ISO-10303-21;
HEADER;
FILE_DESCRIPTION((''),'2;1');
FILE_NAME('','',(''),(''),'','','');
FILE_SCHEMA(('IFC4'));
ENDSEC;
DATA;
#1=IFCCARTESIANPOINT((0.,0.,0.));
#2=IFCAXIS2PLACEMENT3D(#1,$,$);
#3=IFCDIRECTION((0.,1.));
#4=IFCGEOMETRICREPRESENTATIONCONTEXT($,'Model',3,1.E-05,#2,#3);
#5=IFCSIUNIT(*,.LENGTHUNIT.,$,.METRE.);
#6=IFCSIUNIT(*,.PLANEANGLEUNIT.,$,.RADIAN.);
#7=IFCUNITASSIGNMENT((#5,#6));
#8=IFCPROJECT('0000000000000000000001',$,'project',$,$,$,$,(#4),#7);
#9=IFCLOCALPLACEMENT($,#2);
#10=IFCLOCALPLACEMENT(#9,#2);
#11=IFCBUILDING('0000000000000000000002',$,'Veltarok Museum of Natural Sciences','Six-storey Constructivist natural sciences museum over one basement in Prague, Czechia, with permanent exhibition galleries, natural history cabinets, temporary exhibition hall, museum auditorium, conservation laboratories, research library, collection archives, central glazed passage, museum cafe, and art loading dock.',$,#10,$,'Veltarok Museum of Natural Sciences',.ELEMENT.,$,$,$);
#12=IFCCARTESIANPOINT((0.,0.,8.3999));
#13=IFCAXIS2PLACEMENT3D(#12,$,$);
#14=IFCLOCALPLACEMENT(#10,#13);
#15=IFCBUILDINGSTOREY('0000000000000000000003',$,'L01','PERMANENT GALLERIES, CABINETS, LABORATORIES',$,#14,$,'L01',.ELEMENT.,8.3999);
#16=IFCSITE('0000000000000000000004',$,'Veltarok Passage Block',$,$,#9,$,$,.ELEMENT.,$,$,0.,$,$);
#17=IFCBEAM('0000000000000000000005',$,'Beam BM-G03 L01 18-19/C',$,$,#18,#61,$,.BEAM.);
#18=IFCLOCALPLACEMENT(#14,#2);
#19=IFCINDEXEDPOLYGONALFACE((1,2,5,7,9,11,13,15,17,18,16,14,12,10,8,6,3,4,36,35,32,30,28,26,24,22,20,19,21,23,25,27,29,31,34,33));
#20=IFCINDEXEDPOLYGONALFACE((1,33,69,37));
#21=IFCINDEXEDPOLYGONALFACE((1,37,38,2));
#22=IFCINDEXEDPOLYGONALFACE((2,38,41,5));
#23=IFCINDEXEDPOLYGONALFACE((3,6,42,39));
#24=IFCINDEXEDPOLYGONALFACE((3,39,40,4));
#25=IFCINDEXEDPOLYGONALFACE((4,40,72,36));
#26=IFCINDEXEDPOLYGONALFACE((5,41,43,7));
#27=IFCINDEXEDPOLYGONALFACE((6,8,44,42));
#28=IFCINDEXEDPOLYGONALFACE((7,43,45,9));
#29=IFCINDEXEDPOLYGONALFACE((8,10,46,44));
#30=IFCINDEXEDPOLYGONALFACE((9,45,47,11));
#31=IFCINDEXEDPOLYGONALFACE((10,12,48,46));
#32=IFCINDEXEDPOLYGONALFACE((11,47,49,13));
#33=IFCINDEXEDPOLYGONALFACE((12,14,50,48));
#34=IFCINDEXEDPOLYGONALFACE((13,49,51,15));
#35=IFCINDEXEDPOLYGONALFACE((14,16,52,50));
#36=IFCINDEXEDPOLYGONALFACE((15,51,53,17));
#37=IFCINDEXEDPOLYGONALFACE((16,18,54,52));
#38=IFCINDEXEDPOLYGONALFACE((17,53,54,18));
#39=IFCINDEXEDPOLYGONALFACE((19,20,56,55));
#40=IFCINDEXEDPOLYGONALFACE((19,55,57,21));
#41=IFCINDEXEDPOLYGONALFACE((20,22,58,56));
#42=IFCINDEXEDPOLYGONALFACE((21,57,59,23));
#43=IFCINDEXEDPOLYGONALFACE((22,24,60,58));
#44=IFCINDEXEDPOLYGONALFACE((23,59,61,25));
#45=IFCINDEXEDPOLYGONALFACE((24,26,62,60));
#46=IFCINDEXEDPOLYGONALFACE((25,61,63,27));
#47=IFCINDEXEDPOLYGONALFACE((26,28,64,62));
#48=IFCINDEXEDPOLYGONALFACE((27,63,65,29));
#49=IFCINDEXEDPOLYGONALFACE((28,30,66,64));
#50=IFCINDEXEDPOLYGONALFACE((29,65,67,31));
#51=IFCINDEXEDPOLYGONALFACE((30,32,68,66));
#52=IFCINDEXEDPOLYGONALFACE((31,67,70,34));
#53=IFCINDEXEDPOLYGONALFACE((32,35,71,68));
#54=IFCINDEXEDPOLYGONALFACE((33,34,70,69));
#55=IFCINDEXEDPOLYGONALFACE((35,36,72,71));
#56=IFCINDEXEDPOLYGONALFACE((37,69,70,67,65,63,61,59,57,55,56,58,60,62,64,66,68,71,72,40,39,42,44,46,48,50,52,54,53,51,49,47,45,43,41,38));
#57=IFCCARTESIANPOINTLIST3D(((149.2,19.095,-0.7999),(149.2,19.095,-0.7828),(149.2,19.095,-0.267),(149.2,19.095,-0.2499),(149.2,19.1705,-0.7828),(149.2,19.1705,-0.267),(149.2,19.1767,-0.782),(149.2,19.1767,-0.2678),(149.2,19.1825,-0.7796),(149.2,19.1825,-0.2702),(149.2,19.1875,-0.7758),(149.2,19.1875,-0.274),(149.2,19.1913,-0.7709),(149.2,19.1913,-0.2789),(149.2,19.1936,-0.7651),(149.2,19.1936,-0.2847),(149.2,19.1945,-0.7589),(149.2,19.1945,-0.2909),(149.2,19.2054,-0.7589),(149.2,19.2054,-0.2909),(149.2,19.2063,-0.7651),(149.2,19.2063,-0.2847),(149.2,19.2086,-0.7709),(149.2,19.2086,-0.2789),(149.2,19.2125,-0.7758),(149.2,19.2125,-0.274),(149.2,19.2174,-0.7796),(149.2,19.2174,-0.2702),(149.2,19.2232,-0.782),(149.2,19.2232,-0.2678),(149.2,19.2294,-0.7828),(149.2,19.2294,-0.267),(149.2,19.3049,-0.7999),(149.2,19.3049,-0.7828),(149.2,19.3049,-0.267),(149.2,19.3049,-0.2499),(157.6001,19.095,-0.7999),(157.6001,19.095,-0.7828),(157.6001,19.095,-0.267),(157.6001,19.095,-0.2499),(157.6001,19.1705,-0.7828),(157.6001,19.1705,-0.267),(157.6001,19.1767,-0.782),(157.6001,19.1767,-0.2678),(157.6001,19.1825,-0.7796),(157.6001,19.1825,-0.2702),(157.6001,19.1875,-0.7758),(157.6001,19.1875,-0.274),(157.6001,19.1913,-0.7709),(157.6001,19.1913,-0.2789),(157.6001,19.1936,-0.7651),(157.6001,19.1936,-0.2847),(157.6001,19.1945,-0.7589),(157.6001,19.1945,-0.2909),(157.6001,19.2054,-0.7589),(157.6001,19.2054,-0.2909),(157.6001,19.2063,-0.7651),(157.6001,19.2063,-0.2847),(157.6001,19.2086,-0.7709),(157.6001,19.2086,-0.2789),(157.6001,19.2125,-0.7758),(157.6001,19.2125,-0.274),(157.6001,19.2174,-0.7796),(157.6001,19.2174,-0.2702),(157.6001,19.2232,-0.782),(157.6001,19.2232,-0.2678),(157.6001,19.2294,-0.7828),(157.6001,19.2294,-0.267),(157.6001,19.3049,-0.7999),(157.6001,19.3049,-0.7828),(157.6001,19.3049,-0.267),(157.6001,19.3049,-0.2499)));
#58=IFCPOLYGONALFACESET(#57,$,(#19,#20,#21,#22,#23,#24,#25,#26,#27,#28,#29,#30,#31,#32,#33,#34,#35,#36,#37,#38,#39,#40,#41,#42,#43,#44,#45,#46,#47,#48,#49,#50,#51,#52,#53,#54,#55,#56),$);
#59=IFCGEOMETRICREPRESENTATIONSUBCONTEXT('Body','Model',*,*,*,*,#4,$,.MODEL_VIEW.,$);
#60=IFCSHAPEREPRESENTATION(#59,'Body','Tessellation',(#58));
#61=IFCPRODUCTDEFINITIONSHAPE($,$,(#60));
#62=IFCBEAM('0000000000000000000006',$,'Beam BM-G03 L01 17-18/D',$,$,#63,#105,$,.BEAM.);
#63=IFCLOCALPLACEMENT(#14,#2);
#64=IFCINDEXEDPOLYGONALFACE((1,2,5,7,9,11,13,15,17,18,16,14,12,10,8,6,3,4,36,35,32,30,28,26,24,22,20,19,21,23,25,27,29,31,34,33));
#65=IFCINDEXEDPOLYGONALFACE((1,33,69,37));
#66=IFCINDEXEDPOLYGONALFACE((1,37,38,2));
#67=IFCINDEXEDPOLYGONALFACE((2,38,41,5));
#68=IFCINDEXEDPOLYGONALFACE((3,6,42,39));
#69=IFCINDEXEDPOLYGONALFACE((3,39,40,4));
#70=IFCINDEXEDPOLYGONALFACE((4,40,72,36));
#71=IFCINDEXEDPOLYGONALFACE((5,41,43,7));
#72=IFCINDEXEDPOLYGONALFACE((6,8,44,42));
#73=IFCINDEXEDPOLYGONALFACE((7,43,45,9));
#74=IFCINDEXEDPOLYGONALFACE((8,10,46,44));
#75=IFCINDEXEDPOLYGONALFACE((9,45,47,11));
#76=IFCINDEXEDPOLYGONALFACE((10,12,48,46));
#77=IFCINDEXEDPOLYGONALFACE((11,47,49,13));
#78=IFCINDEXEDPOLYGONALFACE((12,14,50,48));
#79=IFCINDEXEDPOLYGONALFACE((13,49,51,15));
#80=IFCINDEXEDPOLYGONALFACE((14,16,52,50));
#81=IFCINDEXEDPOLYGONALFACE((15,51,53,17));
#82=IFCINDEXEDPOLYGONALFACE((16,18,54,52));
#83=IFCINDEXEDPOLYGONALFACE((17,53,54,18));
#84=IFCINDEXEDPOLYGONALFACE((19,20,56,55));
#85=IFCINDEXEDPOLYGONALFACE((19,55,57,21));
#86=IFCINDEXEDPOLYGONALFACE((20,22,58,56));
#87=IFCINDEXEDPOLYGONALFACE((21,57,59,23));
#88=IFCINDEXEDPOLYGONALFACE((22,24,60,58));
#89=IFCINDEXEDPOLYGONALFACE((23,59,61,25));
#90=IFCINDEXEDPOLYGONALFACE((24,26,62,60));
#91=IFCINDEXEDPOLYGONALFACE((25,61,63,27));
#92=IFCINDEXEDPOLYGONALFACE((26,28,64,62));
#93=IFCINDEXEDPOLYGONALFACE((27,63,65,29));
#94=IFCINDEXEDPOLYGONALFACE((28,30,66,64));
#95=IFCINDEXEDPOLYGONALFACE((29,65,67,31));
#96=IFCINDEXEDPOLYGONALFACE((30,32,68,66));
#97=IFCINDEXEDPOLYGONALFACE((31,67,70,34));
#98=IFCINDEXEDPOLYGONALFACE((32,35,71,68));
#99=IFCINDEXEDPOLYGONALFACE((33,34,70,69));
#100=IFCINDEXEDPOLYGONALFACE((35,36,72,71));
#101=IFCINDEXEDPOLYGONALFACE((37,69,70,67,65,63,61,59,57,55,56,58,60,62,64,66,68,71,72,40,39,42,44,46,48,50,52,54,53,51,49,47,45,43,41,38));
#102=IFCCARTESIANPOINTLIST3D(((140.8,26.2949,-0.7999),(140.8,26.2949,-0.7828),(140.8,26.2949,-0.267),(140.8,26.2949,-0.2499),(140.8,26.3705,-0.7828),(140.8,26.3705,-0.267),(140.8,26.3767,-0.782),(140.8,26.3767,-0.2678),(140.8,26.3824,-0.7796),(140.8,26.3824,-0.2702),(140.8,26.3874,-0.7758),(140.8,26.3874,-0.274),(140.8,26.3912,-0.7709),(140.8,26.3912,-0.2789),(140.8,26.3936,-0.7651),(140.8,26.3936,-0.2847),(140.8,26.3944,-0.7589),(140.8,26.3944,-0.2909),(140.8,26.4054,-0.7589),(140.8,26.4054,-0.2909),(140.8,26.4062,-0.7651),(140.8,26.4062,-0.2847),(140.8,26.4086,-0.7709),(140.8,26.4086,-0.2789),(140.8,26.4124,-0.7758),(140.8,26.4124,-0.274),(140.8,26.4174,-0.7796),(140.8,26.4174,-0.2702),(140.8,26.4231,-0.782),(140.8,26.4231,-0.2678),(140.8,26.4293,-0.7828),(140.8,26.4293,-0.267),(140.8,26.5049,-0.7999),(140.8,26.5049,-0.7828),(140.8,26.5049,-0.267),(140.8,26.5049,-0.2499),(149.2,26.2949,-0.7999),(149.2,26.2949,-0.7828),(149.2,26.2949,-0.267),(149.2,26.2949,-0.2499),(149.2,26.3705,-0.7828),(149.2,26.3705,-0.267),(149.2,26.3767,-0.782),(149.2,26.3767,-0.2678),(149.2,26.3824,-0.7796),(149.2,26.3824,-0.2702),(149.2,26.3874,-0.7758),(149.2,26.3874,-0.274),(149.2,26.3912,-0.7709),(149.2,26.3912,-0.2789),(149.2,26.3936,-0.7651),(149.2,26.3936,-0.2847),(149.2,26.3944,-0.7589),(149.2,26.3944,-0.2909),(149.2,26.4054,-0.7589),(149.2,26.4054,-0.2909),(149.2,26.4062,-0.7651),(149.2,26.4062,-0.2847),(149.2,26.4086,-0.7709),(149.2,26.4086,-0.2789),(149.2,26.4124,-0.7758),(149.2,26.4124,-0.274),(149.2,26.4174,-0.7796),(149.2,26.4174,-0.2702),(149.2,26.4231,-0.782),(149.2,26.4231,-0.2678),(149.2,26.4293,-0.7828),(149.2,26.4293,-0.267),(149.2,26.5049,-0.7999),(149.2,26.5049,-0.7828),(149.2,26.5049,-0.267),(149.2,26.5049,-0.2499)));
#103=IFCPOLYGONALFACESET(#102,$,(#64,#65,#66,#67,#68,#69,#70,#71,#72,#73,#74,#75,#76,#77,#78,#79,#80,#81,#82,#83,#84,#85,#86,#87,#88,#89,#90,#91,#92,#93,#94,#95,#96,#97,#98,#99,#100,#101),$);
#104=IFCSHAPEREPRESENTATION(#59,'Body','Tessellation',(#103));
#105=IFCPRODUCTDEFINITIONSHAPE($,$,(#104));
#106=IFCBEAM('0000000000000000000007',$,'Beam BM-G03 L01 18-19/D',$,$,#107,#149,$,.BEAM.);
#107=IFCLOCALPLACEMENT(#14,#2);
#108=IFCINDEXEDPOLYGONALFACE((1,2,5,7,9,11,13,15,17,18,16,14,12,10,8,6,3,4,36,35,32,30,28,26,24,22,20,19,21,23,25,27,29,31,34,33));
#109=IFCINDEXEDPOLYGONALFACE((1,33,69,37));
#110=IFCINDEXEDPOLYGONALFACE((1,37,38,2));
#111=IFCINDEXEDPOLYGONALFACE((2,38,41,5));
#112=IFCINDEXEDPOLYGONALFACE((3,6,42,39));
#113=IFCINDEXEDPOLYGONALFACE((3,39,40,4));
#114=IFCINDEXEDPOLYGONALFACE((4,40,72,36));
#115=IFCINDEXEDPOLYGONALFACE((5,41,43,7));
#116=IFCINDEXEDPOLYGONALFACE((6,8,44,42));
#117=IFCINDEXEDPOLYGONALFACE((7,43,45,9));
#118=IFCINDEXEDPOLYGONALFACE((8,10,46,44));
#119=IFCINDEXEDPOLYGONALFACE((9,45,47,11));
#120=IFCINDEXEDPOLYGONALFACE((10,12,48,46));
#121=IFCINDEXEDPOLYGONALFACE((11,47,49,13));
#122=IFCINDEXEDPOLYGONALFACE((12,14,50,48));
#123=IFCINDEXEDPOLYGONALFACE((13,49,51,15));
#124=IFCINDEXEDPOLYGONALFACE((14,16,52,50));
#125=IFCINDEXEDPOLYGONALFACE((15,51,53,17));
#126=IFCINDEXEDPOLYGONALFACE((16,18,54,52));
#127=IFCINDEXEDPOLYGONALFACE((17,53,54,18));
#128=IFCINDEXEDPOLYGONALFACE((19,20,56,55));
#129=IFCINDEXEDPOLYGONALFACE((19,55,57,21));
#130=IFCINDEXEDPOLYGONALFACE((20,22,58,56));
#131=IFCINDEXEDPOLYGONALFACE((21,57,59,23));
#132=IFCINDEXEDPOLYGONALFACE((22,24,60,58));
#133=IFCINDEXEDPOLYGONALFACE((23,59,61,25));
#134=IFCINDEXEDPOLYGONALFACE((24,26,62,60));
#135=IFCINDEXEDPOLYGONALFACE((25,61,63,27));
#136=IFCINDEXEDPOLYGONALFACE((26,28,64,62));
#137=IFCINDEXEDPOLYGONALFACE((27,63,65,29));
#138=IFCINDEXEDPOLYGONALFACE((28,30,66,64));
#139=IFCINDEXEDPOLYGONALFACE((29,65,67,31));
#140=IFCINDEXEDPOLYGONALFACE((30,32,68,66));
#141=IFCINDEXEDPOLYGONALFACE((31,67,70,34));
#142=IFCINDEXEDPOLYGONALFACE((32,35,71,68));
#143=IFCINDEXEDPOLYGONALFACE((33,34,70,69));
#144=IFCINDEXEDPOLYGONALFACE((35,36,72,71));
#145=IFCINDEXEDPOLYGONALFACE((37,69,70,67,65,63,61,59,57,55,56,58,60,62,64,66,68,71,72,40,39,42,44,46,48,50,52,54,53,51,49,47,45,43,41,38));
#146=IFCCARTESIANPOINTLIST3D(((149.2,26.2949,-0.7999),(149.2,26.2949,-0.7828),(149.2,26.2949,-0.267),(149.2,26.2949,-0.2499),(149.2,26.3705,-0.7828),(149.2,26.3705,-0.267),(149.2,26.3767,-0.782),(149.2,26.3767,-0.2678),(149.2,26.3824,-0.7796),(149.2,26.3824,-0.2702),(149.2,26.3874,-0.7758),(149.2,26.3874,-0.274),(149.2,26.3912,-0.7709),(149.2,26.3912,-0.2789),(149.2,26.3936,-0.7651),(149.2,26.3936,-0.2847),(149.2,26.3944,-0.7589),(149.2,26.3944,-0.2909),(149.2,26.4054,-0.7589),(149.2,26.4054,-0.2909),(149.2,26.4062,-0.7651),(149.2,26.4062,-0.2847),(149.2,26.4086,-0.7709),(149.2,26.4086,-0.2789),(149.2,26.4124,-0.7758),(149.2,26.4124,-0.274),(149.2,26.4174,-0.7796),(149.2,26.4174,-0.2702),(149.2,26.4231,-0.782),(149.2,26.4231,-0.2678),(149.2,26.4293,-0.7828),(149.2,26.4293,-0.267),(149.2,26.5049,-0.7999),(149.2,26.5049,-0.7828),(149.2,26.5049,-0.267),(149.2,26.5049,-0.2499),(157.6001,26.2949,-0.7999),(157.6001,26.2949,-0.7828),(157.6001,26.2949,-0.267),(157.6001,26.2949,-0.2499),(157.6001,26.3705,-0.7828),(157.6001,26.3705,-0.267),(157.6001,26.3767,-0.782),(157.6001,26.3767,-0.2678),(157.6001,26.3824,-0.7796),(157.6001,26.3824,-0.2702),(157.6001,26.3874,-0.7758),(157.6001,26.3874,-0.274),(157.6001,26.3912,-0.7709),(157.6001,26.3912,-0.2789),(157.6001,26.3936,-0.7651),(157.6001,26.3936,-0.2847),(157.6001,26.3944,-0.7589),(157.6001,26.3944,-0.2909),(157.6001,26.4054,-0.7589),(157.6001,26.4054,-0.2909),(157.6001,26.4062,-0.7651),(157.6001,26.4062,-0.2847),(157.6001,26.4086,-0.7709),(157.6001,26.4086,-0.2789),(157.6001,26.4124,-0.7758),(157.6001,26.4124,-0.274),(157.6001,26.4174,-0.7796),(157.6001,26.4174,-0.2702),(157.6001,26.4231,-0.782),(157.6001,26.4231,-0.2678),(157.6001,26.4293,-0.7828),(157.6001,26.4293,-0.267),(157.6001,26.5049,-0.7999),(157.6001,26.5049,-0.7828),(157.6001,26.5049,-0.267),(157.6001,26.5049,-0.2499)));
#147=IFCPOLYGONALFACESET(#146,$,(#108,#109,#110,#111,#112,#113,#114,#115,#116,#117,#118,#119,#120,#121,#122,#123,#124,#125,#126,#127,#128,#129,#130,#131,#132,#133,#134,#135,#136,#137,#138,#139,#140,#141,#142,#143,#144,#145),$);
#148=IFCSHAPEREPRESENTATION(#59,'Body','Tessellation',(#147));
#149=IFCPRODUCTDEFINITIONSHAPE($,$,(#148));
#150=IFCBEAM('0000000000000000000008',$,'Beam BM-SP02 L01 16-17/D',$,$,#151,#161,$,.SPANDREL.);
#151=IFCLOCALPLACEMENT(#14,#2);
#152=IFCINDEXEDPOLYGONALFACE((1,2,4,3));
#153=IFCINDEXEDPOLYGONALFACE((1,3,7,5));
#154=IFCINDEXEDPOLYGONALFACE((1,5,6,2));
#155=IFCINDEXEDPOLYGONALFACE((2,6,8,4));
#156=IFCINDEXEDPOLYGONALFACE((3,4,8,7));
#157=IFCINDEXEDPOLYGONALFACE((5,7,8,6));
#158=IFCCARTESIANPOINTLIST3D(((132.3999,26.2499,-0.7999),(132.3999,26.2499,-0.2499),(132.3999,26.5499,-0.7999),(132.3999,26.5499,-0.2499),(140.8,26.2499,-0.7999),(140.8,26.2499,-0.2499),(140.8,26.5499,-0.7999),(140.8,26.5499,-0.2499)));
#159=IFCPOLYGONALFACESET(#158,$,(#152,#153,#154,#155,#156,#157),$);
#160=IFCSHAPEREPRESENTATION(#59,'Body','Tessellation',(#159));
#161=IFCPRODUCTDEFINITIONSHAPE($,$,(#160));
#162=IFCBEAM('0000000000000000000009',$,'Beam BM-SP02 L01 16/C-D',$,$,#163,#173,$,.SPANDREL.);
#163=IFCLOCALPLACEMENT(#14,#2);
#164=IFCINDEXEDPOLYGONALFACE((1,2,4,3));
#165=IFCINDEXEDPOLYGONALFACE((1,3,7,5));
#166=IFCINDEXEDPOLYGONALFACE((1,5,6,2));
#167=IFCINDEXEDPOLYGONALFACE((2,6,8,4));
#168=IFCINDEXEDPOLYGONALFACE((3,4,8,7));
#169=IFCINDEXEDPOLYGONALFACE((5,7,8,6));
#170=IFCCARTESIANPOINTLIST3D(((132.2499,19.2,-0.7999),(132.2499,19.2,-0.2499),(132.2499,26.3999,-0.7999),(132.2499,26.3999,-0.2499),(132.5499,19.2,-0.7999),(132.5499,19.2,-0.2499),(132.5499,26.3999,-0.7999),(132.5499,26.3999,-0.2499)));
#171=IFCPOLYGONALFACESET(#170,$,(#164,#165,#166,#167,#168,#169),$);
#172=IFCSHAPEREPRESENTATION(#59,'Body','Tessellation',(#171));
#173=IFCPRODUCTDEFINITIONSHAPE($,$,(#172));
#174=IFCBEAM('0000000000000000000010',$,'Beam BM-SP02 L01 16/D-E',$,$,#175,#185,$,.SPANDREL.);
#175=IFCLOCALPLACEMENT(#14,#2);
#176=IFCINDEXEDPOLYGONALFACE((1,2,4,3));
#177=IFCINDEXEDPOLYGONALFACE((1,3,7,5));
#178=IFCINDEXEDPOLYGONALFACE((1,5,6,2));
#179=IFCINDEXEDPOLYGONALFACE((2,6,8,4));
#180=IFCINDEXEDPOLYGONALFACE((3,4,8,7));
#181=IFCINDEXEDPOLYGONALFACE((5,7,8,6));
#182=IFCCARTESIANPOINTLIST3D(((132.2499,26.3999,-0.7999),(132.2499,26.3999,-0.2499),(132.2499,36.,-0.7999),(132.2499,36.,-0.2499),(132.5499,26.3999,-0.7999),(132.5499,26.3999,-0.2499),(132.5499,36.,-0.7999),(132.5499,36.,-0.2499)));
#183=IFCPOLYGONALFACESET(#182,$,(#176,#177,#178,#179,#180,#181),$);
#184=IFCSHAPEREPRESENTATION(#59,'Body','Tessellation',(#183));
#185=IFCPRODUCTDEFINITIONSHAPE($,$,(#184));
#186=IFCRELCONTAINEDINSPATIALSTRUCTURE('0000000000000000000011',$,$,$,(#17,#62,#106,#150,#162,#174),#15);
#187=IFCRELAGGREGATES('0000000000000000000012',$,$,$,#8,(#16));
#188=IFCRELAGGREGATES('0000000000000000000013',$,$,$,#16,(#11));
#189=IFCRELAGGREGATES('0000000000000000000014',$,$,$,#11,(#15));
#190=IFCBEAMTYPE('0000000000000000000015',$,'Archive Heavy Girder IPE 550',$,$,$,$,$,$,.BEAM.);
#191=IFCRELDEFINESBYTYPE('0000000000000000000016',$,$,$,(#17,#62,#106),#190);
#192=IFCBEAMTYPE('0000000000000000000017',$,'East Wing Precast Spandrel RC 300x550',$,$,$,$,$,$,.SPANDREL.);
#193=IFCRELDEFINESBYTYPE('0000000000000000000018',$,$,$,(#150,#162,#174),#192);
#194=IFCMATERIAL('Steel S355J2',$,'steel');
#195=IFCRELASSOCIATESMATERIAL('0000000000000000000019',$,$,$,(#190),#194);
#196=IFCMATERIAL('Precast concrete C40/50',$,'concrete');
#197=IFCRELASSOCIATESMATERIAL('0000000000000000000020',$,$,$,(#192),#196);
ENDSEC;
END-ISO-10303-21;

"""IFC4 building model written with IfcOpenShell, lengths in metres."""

from ifc_helpers import new_model, si_unit, direction, frame, origin, origin_2d, place, context, subcontext, project, spatial, rectangle, i_section, extrude, material, material_profile, profile_set, type_object, element, save


model = new_model("IFC4")

# Units and contexts
model_context = context("Model", 3, precision=1e-05, world=origin(), true_north=direction((0.0, 1.0)))
body_context = subcontext(model_context, "Body", "Model", "MODEL_VIEW")
ifc_project = project(units=[si_unit("LENGTHUNIT", "METRE"), si_unit("PLANEANGLEUNIT", "RADIAN")], contexts=[model_context])

# Site, building, storey
site_placement = place(None, origin())
site = spatial("IfcSite", under=ifc_project, at=site_placement, Name="Veltarok Passage Block", CompositionType="ELEMENT", RefElevation=0.0)
building_placement = place(site_placement, origin())
building = spatial("IfcBuilding", under=site, at=building_placement, Name="Veltarok Museum of Natural Sciences", Description="Six-storey Constructivist natural sciences museum over one basement in Prague, Czechia, with permanent exhibition galleries, natural history cabinets, temporary exhibition hall, museum auditorium, conservation laboratories, research library, collection archives, central glazed passage, museum cafe, and art loading dock.", LongName="Veltarok Museum of Natural Sciences", CompositionType="ELEMENT")
storey_placement = place(building_placement, frame((0.0, 0.0, 8.3999)))
storey = spatial("IfcBuildingStorey", under=building, at=storey_placement, Name="L01", Description="PERMANENT GALLERIES, CABINETS, LABORATORIES", LongName="L01", CompositionType="ELEMENT", Elevation=8.3999)

# Shared definitions
ifc_material_1 = material(Name="Steel S355J2", Category="steel")

# Beams
ifc_material_profile_1 = material_profile(ifc_material_1, i_section(OverallWidth=0.21, OverallDepth=0.55, WebThickness=0.011, FlangeThickness=0.0171, FilletRadius=0.0239, at=origin_2d()), Name="IPE 550")
ifc_profile_set_1 = profile_set([ifc_material_profile_1], Name="Steel S355J2")
beam_type_1 = type_object("IfcBeamType", Name="Archive Heavy Girder IPE 550", PredefinedType="BEAM", material=ifc_profile_set_1)
beam_1_placement = place(storey_placement, frame((149.2, 19.2, -0.5249), z_axis=(1.0, 0.0, 0.0), x_axis=(0.0, 1.0, 0.0)))
element("IfcBeam", 1, at=beam_1_placement, inside=storey, type_object=beam_type_1, Name="Beam BM-G03 L01 18-19/C", PredefinedType="BEAM", context=body_context, shape_type="SweptSolid", body=[
    extrude(i_section(OverallWidth=0.21, OverallDepth=0.55, WebThickness=0.011, FlangeThickness=0.0171, FilletRadius=0.0239, at=origin_2d()), origin(), (0.0, 0.0, 1.0), 8.4001),
])
beam_2_placement = place(storey_placement, frame((140.8, 26.3999, -0.5249), z_axis=(1.0, 0.0, 0.0), x_axis=(0.0, 1.0, 0.0)))
element("IfcBeam", 2, at=beam_2_placement, inside=storey, type_object=beam_type_1, Name="Beam BM-G03 L01 17-18/D", PredefinedType="BEAM", context=body_context, shape_type="SweptSolid", body=[
    extrude(i_section(OverallWidth=0.21, OverallDepth=0.55, WebThickness=0.011, FlangeThickness=0.0171, FilletRadius=0.0239, at=origin_2d()), origin(), (0.0, 0.0, 1.0), 8.3999),
])
beam_3_placement = place(storey_placement, frame((149.2, 26.3999, -0.5249), z_axis=(1.0, 0.0, 0.0), x_axis=(0.0, 1.0, 0.0)))
element("IfcBeam", 3, at=beam_3_placement, inside=storey, type_object=beam_type_1, Name="Beam BM-G03 L01 18-19/D", PredefinedType="BEAM", context=body_context, shape_type="SweptSolid", body=[
    extrude(i_section(OverallWidth=0.21, OverallDepth=0.55, WebThickness=0.011, FlangeThickness=0.0171, FilletRadius=0.0239, at=origin_2d()), origin(), (0.0, 0.0, 1.0), 8.4001),
])
ifc_material_2 = material(Name="Precast concrete C40/50", Category="concrete")
ifc_material_profile_2 = material_profile(ifc_material_2, rectangle(XDim=0.3, YDim=0.55, at=origin_2d()), Name="RC 300x550")
ifc_profile_set_2 = profile_set([ifc_material_profile_2], Name="Precast concrete C40/50")
beam_type_2 = type_object("IfcBeamType", Name="East Wing Precast Spandrel RC 300x550", PredefinedType="SPANDREL", material=ifc_profile_set_2)
beam_4_placement = place(storey_placement, frame((132.3999, 26.3999, -0.5249), z_axis=(1.0, 0.0, 0.0), x_axis=(0.0, 1.0, 0.0)))
element("IfcBeam", 4, at=beam_4_placement, inside=storey, type_object=beam_type_2, Name="Beam BM-SP02 L01 16-17/D", PredefinedType="SPANDREL", context=body_context, shape_type="SweptSolid", body=[
    extrude(rectangle(XDim=0.3, YDim=0.55, at=origin_2d()), origin(), (0.0, 0.0, 1.0), 8.4001),
])
beam_5_placement = place(storey_placement, frame((132.3999, 19.2, -0.5249), z_axis=(0.0, 1.0, 0.0), x_axis=(-1.0, 0.0, 0.0)))
element("IfcBeam", 5, at=beam_5_placement, inside=storey, type_object=beam_type_2, Name="Beam BM-SP02 L01 16/C-D", PredefinedType="SPANDREL", context=body_context, shape_type="SweptSolid", body=[
    extrude(rectangle(XDim=0.3, YDim=0.55, at=origin_2d()), origin(), (0.0, 0.0, 1.0), 7.2),
])
beam_6_placement = place(storey_placement, frame((132.3999, 26.3999, -0.5249), z_axis=(0.0, 1.0, 0.0), x_axis=(-1.0, 0.0, 0.0)))
element("IfcBeam", 6, at=beam_6_placement, inside=storey, type_object=beam_type_2, Name="Beam BM-SP02 L01 16/D-E", PredefinedType="SPANDREL", context=body_context, shape_type="SweptSolid", body=[
    extrude(rectangle(XDim=0.3, YDim=0.55, at=origin_2d()), origin(), (0.0, 0.0, 1.0), 9.6001),
])

save(model, "model.ifc")
